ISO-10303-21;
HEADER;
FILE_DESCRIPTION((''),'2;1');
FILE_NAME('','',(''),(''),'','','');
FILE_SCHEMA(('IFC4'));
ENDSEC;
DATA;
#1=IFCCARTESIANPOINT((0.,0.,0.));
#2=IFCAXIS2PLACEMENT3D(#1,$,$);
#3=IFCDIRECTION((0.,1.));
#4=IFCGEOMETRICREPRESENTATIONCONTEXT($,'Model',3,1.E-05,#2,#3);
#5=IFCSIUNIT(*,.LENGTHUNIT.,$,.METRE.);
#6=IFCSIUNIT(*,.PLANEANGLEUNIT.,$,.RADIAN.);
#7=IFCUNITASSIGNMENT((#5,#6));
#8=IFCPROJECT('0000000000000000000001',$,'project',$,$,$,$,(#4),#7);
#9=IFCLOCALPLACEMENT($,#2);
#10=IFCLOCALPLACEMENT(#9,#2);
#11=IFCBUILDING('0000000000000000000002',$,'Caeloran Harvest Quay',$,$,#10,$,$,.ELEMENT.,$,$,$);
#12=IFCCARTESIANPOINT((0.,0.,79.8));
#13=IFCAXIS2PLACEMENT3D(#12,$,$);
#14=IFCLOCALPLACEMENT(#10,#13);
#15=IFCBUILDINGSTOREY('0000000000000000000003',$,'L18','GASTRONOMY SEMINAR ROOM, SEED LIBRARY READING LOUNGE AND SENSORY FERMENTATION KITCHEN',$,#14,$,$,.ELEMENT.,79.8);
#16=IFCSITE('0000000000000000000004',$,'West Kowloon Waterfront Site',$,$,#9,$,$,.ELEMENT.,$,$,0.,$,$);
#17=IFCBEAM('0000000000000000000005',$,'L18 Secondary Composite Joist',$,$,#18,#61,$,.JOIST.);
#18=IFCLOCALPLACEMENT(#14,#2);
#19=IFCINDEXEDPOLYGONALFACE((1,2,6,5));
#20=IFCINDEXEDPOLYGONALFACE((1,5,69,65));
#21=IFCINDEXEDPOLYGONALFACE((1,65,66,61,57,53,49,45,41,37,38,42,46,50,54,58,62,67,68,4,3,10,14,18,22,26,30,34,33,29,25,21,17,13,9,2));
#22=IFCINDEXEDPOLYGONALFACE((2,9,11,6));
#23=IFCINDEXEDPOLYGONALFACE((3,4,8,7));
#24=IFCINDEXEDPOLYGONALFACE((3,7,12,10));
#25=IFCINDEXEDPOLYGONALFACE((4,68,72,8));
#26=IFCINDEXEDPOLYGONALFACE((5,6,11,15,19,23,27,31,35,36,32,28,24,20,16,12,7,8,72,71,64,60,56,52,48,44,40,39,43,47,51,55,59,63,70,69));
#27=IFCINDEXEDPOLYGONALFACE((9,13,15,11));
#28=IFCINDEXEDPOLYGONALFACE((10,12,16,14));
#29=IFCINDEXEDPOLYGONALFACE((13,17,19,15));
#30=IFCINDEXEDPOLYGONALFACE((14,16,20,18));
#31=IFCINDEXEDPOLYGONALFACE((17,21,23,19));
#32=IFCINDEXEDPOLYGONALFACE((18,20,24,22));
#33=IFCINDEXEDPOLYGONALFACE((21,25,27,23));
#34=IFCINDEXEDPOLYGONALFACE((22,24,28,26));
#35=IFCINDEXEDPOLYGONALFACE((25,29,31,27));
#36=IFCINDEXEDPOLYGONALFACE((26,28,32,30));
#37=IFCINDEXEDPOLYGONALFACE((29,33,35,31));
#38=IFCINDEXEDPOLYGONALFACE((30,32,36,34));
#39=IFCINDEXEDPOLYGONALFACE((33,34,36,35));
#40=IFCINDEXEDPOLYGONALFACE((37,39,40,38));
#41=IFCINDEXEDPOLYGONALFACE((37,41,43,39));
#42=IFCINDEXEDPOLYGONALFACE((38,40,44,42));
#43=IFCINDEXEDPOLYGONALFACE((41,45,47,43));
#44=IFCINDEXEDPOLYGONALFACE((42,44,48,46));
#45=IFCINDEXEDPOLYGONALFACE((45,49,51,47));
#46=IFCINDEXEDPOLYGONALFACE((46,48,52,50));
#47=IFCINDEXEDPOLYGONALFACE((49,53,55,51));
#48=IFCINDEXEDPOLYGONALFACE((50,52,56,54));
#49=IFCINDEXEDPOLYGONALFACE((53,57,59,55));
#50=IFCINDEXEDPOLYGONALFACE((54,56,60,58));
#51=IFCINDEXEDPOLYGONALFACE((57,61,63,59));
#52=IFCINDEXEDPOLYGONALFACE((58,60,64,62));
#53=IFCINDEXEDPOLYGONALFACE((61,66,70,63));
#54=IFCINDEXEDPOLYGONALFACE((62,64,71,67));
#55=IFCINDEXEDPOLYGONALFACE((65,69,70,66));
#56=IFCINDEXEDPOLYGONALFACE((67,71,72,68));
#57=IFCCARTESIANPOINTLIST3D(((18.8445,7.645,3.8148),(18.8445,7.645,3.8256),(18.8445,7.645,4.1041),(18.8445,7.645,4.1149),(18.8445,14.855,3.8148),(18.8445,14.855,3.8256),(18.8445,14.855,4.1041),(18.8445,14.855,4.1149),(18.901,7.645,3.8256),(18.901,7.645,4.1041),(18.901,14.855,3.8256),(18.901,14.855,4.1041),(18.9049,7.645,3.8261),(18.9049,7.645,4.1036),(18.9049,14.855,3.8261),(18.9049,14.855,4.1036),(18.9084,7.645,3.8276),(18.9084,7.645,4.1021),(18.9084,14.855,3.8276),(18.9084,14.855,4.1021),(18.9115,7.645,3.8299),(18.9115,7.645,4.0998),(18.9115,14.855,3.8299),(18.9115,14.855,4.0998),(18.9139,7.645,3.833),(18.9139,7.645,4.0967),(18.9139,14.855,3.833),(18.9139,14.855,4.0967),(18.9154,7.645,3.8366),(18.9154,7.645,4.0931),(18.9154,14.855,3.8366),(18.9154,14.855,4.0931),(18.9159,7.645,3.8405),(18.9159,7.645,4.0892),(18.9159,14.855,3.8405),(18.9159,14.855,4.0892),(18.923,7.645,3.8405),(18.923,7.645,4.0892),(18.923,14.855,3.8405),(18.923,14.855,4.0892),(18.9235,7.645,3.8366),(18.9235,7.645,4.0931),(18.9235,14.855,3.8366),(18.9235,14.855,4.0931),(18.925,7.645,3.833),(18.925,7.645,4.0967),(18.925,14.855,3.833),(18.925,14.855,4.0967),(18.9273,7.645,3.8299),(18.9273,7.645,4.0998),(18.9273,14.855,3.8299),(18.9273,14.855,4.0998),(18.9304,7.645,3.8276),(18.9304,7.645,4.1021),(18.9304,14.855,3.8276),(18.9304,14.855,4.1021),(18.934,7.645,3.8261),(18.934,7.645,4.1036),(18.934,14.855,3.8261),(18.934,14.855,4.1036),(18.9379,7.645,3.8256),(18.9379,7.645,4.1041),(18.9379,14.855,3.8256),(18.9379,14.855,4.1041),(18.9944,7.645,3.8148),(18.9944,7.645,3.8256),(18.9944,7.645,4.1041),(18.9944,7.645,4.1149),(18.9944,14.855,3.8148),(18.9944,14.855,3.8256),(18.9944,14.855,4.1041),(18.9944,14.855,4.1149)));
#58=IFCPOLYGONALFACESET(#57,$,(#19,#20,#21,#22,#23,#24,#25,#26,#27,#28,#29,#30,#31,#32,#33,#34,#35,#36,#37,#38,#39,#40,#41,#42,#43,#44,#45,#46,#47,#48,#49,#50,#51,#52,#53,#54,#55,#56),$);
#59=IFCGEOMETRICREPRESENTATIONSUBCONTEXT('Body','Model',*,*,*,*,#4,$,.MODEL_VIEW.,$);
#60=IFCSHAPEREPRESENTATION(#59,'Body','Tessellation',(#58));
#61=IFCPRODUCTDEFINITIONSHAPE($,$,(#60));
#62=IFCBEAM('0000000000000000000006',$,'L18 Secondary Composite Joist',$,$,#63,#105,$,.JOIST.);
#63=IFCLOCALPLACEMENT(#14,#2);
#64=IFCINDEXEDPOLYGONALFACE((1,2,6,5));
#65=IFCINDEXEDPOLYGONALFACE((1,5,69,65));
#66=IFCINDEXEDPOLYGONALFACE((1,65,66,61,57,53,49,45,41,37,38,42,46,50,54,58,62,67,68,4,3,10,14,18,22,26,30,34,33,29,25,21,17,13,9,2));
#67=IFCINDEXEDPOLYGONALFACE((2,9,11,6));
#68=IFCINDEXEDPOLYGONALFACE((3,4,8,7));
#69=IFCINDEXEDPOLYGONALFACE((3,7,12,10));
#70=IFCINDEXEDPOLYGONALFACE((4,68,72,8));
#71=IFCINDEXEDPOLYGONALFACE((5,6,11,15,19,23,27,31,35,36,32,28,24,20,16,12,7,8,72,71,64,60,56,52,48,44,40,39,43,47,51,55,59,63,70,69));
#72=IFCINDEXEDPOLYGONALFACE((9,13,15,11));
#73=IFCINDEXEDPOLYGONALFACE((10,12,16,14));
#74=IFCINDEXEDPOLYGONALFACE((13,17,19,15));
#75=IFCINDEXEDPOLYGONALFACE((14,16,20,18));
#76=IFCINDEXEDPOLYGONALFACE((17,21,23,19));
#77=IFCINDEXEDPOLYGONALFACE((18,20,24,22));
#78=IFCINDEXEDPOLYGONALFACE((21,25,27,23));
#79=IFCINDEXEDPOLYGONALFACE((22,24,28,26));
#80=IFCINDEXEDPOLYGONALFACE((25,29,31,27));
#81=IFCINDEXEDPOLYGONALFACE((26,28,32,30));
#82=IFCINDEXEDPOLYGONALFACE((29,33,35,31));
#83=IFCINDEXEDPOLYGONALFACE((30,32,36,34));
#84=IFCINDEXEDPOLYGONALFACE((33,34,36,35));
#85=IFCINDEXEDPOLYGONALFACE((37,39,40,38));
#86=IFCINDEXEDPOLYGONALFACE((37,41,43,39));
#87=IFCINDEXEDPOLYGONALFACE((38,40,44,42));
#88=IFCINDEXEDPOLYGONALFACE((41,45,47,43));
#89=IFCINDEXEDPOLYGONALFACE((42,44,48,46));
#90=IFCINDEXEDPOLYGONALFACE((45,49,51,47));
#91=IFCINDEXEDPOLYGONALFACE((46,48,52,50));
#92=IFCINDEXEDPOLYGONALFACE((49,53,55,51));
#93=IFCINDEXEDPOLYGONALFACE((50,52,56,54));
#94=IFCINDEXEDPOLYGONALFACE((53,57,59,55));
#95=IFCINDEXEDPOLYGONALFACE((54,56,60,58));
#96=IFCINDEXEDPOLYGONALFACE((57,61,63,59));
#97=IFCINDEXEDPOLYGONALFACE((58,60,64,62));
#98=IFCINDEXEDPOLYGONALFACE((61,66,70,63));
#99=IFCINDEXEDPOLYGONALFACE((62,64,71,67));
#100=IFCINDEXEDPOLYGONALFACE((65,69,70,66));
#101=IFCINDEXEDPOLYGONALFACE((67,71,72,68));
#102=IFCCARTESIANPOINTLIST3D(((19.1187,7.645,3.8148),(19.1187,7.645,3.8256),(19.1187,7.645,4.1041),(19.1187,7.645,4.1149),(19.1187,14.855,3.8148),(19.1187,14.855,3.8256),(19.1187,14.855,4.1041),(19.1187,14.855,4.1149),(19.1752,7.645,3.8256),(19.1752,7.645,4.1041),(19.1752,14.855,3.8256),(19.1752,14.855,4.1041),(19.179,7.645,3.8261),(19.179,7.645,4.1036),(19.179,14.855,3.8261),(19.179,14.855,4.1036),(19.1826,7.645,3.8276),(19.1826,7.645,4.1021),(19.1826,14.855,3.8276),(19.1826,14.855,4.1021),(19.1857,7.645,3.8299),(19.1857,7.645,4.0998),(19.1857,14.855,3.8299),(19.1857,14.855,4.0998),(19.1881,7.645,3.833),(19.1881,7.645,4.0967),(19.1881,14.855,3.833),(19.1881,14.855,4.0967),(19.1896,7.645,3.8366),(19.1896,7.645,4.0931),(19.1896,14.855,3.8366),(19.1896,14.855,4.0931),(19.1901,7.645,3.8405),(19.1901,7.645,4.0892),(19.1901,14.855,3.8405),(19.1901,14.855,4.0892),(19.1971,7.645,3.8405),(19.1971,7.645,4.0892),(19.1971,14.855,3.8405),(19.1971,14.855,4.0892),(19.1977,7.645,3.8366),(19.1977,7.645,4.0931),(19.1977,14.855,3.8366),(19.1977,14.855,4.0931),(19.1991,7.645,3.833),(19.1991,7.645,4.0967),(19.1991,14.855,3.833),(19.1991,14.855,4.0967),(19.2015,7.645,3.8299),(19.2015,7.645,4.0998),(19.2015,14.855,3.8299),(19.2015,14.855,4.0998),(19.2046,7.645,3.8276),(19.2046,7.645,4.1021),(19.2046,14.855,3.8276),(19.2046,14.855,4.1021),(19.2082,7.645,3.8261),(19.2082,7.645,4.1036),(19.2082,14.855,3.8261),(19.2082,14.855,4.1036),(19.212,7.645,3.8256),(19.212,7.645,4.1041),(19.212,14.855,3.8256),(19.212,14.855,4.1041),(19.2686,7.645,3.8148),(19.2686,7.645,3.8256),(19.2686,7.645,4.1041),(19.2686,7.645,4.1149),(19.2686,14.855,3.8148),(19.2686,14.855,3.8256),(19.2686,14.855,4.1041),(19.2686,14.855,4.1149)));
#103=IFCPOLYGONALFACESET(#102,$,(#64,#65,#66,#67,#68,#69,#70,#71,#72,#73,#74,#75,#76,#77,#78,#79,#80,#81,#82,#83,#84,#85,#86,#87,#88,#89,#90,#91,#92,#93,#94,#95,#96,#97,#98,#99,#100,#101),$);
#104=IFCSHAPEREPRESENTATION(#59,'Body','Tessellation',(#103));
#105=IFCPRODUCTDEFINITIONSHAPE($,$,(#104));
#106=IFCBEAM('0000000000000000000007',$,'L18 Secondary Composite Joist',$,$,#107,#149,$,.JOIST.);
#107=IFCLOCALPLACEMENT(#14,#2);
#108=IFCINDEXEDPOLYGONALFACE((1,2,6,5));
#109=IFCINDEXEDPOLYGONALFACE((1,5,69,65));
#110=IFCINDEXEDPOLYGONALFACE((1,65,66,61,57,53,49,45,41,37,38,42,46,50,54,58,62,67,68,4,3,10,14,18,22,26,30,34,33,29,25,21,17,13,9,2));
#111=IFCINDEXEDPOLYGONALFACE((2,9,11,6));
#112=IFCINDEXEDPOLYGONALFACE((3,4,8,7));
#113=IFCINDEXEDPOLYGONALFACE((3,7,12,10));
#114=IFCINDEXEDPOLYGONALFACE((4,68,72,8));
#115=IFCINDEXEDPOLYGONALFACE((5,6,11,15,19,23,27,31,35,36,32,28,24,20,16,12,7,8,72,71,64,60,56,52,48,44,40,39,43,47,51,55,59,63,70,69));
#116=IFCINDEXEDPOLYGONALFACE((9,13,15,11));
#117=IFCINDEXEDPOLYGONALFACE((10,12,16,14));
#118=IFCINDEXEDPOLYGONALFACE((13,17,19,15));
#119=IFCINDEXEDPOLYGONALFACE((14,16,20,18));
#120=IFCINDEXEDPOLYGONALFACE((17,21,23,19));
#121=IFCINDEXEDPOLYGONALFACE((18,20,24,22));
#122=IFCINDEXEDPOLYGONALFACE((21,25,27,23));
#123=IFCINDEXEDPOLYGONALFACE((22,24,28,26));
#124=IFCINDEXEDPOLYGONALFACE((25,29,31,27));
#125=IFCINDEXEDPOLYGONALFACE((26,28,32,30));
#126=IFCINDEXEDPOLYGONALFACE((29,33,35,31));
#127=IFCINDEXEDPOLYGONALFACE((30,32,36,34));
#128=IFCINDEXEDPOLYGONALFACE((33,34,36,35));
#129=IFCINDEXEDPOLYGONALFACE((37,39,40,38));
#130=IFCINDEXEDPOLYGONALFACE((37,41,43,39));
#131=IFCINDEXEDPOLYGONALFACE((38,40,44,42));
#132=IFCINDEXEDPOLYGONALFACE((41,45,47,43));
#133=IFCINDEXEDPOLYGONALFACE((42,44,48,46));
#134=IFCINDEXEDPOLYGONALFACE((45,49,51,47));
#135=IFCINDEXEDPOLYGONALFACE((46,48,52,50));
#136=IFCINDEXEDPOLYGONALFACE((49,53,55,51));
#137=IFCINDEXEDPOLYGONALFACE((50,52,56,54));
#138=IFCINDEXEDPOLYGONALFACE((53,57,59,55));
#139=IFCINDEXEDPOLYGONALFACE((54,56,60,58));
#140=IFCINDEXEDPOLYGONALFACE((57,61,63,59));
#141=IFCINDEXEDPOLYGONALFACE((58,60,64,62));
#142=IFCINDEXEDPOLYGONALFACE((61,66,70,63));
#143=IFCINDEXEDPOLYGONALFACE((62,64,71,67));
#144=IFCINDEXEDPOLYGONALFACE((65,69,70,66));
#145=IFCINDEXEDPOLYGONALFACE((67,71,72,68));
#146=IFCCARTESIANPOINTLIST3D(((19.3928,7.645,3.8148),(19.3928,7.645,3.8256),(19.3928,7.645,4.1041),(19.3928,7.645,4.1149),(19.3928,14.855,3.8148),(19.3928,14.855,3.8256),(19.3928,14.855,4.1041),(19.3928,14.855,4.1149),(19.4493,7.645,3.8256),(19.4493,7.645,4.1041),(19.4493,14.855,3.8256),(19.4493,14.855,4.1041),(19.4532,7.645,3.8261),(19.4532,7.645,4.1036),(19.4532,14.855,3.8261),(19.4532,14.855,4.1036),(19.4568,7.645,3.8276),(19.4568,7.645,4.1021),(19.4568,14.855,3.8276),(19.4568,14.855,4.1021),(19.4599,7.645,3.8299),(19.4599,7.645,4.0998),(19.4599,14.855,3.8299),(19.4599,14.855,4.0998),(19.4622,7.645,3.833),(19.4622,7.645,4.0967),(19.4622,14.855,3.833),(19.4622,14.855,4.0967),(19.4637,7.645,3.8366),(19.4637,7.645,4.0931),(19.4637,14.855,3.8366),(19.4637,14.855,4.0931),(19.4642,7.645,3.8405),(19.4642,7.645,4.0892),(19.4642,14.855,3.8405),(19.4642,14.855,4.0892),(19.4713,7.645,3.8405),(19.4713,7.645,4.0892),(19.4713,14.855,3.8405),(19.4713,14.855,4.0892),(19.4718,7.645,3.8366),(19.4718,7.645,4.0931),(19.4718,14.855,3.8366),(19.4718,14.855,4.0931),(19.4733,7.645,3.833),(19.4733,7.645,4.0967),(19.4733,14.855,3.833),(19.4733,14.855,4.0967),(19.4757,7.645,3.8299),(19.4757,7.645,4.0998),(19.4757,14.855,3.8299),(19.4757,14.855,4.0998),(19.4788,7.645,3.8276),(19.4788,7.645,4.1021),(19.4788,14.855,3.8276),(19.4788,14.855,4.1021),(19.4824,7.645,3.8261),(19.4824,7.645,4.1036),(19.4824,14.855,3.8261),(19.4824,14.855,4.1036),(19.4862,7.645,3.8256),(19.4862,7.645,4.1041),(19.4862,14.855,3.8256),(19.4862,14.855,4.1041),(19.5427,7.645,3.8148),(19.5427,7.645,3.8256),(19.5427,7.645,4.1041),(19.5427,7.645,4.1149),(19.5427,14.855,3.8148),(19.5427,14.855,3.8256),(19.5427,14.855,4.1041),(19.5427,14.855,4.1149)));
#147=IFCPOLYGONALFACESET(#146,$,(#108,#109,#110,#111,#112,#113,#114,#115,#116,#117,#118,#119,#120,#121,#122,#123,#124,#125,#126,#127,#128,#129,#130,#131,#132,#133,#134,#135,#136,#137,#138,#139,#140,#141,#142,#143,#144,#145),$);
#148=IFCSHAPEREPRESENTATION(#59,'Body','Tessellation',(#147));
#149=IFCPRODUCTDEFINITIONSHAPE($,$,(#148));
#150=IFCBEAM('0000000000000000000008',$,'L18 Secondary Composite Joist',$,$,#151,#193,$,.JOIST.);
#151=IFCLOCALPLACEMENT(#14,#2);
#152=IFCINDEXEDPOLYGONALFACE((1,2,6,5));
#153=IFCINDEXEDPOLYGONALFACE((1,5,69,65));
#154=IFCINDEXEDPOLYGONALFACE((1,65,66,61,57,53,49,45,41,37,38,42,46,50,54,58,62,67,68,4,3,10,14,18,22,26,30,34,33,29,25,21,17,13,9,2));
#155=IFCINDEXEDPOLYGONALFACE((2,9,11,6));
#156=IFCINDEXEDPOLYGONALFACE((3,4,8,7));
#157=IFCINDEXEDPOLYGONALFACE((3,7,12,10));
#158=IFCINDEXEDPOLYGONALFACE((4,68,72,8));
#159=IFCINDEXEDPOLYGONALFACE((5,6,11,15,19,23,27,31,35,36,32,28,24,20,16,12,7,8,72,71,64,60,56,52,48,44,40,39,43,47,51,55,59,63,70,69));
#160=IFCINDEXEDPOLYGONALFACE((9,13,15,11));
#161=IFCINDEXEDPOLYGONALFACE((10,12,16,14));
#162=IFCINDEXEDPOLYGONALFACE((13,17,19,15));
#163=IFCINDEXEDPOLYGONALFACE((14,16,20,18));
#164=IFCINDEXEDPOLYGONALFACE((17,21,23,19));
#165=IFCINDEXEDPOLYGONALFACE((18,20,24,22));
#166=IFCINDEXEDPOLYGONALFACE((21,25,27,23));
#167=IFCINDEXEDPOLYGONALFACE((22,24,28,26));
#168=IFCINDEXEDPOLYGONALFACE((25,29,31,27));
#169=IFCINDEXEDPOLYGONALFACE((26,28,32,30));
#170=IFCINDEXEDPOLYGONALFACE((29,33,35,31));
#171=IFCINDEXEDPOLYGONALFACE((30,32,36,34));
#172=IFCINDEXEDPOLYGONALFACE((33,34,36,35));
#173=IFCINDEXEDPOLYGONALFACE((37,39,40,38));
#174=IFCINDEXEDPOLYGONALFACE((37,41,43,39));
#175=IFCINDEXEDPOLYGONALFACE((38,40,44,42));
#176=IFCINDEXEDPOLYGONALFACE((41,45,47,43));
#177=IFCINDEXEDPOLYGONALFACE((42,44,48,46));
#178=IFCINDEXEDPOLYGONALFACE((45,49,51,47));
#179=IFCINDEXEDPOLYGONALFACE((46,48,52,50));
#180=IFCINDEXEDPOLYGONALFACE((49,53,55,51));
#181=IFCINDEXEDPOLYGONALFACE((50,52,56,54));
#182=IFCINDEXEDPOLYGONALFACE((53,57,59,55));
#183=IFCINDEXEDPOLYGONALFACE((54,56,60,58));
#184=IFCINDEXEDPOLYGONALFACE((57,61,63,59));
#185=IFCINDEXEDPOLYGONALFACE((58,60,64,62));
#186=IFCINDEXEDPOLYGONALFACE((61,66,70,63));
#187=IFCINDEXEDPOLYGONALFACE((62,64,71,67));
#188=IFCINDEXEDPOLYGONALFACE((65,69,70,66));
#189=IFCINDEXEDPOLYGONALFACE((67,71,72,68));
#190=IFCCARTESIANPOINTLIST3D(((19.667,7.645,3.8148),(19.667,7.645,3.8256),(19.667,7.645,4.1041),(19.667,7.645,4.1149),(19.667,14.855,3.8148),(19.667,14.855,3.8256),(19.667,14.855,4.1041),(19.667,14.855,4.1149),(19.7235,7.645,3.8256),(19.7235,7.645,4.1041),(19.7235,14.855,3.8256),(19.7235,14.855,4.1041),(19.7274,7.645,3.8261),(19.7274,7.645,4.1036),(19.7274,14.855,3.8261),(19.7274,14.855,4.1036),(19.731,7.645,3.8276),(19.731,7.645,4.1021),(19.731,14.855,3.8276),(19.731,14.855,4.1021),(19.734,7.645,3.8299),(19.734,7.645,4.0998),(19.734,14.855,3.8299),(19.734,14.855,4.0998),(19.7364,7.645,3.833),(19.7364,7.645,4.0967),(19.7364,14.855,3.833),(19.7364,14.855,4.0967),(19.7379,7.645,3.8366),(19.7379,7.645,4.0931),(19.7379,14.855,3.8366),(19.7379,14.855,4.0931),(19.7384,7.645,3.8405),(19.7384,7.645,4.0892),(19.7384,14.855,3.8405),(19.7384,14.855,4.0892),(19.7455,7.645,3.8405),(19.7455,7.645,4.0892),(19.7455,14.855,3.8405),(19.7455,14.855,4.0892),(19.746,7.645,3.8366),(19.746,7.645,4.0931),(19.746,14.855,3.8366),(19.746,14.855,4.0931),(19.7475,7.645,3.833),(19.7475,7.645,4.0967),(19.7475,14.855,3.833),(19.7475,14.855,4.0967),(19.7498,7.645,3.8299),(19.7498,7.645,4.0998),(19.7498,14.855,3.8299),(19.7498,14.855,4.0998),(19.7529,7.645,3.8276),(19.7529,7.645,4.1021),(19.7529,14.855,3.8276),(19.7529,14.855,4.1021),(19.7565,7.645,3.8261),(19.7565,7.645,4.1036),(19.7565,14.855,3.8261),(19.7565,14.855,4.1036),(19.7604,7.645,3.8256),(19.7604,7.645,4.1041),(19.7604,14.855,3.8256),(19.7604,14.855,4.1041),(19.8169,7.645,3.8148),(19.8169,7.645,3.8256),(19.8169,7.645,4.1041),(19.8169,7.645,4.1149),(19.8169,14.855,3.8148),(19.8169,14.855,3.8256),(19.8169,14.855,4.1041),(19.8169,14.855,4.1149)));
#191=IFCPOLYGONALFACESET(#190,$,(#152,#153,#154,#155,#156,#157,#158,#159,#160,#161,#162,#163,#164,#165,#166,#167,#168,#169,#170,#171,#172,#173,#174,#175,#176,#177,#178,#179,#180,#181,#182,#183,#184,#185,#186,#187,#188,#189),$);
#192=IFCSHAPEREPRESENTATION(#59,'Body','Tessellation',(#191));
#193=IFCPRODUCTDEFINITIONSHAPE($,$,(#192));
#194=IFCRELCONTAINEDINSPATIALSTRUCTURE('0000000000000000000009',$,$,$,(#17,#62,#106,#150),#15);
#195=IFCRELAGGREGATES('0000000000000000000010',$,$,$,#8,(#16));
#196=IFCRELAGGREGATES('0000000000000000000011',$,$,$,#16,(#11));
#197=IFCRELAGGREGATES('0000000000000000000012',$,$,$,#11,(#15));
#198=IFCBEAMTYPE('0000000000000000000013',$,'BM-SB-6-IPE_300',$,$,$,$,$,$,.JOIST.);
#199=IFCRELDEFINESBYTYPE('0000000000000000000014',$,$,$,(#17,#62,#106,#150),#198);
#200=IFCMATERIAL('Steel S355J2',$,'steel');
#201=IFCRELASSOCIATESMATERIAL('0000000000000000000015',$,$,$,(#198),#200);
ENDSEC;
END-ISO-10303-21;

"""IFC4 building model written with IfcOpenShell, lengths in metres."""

from ifc_helpers import new_model, si_unit, direction, frame, origin, origin_2d, place, context, subcontext, project, spatial, i_section, extrude, material, material_profile, profile_set, type_object, element, save


model = new_model("IFC4")

# Units and contexts
model_context = context("Model", 3, precision=1e-05, world=origin(), true_north=direction((0.0, 1.0)))
body_context = subcontext(model_context, "Body", "Model", "MODEL_VIEW")
ifc_project = project(units=[si_unit("LENGTHUNIT", "METRE"), si_unit("PLANEANGLEUNIT", "RADIAN")], contexts=[model_context])

# Site, building, storey
site_placement = place(None, origin())
site = spatial("IfcSite", under=ifc_project, at=site_placement, Name="West Kowloon Waterfront Site", CompositionType="ELEMENT", RefElevation=0.0)
building_placement = place(site_placement, origin())
building = spatial("IfcBuilding", under=site, at=building_placement, Name="Caeloran Harvest Quay", CompositionType="ELEMENT")
storey_placement = place(building_placement, frame((0.0, 0.0, 79.8)))
storey = spatial("IfcBuildingStorey", under=building, at=storey_placement, Name="L18", Description="GASTRONOMY SEMINAR ROOM, SEED LIBRARY READING LOUNGE AND SENSORY FERMENTATION KITCHEN", CompositionType="ELEMENT", Elevation=79.8)

# Beams
ifc_material_1 = material(Name="Steel S355J2", Category="steel")
ifc_material_profile_1 = material_profile(ifc_material_1, i_section(OverallWidth=0.1499, OverallDepth=0.3, WebThickness=0.0071, FlangeThickness=0.0107, FilletRadius=0.0149, at=origin_2d()), Name="IPE 300")
ifc_profile_set_1 = profile_set([ifc_material_profile_1], Name="Steel S355J2")
beam_type_1 = type_object("IfcBeamType", Name="BM-SB-6-IPE_300", PredefinedType="JOIST", material=ifc_profile_set_1)
for number, where, z_axis, x_axis, name in (
    (1, (18.9194, 7.645, 3.9648), (0.0, 1.0, 0.0), (-1.0, 0.0, 0.0), "L18 Secondary Composite Joist"),
    (2, (19.1936, 7.645, 3.9648), (0.0, 1.0, 0.0), (-1.0, 0.0, 0.0), "L18 Secondary Composite Joist"),
    (3, (19.4678, 7.645, 3.9648), (0.0, 1.0, 0.0), (-1.0, 0.0, 0.0), "L18 Secondary Composite Joist"),
    (4, (19.7419, 7.645, 3.9648), (0.0, 1.0, 0.0), (-1.0, 0.0, 0.0), "L18 Secondary Composite Joist"),
):
    element("IfcBeam", number, at=place(storey_placement, frame(where, z_axis=z_axis, x_axis=x_axis)), inside=storey, type_object=beam_type_1, Name=name, PredefinedType="JOIST", context=body_context, shape_type="SweptSolid", body=[
        extrude(i_section(OverallWidth=0.1499, OverallDepth=0.3, WebThickness=0.0071, FlangeThickness=0.0107, FilletRadius=0.0149, at=origin_2d()), origin(), (0.0, 0.0, 1.0), 7.21),
    ])

save(model, "model.ifc")
